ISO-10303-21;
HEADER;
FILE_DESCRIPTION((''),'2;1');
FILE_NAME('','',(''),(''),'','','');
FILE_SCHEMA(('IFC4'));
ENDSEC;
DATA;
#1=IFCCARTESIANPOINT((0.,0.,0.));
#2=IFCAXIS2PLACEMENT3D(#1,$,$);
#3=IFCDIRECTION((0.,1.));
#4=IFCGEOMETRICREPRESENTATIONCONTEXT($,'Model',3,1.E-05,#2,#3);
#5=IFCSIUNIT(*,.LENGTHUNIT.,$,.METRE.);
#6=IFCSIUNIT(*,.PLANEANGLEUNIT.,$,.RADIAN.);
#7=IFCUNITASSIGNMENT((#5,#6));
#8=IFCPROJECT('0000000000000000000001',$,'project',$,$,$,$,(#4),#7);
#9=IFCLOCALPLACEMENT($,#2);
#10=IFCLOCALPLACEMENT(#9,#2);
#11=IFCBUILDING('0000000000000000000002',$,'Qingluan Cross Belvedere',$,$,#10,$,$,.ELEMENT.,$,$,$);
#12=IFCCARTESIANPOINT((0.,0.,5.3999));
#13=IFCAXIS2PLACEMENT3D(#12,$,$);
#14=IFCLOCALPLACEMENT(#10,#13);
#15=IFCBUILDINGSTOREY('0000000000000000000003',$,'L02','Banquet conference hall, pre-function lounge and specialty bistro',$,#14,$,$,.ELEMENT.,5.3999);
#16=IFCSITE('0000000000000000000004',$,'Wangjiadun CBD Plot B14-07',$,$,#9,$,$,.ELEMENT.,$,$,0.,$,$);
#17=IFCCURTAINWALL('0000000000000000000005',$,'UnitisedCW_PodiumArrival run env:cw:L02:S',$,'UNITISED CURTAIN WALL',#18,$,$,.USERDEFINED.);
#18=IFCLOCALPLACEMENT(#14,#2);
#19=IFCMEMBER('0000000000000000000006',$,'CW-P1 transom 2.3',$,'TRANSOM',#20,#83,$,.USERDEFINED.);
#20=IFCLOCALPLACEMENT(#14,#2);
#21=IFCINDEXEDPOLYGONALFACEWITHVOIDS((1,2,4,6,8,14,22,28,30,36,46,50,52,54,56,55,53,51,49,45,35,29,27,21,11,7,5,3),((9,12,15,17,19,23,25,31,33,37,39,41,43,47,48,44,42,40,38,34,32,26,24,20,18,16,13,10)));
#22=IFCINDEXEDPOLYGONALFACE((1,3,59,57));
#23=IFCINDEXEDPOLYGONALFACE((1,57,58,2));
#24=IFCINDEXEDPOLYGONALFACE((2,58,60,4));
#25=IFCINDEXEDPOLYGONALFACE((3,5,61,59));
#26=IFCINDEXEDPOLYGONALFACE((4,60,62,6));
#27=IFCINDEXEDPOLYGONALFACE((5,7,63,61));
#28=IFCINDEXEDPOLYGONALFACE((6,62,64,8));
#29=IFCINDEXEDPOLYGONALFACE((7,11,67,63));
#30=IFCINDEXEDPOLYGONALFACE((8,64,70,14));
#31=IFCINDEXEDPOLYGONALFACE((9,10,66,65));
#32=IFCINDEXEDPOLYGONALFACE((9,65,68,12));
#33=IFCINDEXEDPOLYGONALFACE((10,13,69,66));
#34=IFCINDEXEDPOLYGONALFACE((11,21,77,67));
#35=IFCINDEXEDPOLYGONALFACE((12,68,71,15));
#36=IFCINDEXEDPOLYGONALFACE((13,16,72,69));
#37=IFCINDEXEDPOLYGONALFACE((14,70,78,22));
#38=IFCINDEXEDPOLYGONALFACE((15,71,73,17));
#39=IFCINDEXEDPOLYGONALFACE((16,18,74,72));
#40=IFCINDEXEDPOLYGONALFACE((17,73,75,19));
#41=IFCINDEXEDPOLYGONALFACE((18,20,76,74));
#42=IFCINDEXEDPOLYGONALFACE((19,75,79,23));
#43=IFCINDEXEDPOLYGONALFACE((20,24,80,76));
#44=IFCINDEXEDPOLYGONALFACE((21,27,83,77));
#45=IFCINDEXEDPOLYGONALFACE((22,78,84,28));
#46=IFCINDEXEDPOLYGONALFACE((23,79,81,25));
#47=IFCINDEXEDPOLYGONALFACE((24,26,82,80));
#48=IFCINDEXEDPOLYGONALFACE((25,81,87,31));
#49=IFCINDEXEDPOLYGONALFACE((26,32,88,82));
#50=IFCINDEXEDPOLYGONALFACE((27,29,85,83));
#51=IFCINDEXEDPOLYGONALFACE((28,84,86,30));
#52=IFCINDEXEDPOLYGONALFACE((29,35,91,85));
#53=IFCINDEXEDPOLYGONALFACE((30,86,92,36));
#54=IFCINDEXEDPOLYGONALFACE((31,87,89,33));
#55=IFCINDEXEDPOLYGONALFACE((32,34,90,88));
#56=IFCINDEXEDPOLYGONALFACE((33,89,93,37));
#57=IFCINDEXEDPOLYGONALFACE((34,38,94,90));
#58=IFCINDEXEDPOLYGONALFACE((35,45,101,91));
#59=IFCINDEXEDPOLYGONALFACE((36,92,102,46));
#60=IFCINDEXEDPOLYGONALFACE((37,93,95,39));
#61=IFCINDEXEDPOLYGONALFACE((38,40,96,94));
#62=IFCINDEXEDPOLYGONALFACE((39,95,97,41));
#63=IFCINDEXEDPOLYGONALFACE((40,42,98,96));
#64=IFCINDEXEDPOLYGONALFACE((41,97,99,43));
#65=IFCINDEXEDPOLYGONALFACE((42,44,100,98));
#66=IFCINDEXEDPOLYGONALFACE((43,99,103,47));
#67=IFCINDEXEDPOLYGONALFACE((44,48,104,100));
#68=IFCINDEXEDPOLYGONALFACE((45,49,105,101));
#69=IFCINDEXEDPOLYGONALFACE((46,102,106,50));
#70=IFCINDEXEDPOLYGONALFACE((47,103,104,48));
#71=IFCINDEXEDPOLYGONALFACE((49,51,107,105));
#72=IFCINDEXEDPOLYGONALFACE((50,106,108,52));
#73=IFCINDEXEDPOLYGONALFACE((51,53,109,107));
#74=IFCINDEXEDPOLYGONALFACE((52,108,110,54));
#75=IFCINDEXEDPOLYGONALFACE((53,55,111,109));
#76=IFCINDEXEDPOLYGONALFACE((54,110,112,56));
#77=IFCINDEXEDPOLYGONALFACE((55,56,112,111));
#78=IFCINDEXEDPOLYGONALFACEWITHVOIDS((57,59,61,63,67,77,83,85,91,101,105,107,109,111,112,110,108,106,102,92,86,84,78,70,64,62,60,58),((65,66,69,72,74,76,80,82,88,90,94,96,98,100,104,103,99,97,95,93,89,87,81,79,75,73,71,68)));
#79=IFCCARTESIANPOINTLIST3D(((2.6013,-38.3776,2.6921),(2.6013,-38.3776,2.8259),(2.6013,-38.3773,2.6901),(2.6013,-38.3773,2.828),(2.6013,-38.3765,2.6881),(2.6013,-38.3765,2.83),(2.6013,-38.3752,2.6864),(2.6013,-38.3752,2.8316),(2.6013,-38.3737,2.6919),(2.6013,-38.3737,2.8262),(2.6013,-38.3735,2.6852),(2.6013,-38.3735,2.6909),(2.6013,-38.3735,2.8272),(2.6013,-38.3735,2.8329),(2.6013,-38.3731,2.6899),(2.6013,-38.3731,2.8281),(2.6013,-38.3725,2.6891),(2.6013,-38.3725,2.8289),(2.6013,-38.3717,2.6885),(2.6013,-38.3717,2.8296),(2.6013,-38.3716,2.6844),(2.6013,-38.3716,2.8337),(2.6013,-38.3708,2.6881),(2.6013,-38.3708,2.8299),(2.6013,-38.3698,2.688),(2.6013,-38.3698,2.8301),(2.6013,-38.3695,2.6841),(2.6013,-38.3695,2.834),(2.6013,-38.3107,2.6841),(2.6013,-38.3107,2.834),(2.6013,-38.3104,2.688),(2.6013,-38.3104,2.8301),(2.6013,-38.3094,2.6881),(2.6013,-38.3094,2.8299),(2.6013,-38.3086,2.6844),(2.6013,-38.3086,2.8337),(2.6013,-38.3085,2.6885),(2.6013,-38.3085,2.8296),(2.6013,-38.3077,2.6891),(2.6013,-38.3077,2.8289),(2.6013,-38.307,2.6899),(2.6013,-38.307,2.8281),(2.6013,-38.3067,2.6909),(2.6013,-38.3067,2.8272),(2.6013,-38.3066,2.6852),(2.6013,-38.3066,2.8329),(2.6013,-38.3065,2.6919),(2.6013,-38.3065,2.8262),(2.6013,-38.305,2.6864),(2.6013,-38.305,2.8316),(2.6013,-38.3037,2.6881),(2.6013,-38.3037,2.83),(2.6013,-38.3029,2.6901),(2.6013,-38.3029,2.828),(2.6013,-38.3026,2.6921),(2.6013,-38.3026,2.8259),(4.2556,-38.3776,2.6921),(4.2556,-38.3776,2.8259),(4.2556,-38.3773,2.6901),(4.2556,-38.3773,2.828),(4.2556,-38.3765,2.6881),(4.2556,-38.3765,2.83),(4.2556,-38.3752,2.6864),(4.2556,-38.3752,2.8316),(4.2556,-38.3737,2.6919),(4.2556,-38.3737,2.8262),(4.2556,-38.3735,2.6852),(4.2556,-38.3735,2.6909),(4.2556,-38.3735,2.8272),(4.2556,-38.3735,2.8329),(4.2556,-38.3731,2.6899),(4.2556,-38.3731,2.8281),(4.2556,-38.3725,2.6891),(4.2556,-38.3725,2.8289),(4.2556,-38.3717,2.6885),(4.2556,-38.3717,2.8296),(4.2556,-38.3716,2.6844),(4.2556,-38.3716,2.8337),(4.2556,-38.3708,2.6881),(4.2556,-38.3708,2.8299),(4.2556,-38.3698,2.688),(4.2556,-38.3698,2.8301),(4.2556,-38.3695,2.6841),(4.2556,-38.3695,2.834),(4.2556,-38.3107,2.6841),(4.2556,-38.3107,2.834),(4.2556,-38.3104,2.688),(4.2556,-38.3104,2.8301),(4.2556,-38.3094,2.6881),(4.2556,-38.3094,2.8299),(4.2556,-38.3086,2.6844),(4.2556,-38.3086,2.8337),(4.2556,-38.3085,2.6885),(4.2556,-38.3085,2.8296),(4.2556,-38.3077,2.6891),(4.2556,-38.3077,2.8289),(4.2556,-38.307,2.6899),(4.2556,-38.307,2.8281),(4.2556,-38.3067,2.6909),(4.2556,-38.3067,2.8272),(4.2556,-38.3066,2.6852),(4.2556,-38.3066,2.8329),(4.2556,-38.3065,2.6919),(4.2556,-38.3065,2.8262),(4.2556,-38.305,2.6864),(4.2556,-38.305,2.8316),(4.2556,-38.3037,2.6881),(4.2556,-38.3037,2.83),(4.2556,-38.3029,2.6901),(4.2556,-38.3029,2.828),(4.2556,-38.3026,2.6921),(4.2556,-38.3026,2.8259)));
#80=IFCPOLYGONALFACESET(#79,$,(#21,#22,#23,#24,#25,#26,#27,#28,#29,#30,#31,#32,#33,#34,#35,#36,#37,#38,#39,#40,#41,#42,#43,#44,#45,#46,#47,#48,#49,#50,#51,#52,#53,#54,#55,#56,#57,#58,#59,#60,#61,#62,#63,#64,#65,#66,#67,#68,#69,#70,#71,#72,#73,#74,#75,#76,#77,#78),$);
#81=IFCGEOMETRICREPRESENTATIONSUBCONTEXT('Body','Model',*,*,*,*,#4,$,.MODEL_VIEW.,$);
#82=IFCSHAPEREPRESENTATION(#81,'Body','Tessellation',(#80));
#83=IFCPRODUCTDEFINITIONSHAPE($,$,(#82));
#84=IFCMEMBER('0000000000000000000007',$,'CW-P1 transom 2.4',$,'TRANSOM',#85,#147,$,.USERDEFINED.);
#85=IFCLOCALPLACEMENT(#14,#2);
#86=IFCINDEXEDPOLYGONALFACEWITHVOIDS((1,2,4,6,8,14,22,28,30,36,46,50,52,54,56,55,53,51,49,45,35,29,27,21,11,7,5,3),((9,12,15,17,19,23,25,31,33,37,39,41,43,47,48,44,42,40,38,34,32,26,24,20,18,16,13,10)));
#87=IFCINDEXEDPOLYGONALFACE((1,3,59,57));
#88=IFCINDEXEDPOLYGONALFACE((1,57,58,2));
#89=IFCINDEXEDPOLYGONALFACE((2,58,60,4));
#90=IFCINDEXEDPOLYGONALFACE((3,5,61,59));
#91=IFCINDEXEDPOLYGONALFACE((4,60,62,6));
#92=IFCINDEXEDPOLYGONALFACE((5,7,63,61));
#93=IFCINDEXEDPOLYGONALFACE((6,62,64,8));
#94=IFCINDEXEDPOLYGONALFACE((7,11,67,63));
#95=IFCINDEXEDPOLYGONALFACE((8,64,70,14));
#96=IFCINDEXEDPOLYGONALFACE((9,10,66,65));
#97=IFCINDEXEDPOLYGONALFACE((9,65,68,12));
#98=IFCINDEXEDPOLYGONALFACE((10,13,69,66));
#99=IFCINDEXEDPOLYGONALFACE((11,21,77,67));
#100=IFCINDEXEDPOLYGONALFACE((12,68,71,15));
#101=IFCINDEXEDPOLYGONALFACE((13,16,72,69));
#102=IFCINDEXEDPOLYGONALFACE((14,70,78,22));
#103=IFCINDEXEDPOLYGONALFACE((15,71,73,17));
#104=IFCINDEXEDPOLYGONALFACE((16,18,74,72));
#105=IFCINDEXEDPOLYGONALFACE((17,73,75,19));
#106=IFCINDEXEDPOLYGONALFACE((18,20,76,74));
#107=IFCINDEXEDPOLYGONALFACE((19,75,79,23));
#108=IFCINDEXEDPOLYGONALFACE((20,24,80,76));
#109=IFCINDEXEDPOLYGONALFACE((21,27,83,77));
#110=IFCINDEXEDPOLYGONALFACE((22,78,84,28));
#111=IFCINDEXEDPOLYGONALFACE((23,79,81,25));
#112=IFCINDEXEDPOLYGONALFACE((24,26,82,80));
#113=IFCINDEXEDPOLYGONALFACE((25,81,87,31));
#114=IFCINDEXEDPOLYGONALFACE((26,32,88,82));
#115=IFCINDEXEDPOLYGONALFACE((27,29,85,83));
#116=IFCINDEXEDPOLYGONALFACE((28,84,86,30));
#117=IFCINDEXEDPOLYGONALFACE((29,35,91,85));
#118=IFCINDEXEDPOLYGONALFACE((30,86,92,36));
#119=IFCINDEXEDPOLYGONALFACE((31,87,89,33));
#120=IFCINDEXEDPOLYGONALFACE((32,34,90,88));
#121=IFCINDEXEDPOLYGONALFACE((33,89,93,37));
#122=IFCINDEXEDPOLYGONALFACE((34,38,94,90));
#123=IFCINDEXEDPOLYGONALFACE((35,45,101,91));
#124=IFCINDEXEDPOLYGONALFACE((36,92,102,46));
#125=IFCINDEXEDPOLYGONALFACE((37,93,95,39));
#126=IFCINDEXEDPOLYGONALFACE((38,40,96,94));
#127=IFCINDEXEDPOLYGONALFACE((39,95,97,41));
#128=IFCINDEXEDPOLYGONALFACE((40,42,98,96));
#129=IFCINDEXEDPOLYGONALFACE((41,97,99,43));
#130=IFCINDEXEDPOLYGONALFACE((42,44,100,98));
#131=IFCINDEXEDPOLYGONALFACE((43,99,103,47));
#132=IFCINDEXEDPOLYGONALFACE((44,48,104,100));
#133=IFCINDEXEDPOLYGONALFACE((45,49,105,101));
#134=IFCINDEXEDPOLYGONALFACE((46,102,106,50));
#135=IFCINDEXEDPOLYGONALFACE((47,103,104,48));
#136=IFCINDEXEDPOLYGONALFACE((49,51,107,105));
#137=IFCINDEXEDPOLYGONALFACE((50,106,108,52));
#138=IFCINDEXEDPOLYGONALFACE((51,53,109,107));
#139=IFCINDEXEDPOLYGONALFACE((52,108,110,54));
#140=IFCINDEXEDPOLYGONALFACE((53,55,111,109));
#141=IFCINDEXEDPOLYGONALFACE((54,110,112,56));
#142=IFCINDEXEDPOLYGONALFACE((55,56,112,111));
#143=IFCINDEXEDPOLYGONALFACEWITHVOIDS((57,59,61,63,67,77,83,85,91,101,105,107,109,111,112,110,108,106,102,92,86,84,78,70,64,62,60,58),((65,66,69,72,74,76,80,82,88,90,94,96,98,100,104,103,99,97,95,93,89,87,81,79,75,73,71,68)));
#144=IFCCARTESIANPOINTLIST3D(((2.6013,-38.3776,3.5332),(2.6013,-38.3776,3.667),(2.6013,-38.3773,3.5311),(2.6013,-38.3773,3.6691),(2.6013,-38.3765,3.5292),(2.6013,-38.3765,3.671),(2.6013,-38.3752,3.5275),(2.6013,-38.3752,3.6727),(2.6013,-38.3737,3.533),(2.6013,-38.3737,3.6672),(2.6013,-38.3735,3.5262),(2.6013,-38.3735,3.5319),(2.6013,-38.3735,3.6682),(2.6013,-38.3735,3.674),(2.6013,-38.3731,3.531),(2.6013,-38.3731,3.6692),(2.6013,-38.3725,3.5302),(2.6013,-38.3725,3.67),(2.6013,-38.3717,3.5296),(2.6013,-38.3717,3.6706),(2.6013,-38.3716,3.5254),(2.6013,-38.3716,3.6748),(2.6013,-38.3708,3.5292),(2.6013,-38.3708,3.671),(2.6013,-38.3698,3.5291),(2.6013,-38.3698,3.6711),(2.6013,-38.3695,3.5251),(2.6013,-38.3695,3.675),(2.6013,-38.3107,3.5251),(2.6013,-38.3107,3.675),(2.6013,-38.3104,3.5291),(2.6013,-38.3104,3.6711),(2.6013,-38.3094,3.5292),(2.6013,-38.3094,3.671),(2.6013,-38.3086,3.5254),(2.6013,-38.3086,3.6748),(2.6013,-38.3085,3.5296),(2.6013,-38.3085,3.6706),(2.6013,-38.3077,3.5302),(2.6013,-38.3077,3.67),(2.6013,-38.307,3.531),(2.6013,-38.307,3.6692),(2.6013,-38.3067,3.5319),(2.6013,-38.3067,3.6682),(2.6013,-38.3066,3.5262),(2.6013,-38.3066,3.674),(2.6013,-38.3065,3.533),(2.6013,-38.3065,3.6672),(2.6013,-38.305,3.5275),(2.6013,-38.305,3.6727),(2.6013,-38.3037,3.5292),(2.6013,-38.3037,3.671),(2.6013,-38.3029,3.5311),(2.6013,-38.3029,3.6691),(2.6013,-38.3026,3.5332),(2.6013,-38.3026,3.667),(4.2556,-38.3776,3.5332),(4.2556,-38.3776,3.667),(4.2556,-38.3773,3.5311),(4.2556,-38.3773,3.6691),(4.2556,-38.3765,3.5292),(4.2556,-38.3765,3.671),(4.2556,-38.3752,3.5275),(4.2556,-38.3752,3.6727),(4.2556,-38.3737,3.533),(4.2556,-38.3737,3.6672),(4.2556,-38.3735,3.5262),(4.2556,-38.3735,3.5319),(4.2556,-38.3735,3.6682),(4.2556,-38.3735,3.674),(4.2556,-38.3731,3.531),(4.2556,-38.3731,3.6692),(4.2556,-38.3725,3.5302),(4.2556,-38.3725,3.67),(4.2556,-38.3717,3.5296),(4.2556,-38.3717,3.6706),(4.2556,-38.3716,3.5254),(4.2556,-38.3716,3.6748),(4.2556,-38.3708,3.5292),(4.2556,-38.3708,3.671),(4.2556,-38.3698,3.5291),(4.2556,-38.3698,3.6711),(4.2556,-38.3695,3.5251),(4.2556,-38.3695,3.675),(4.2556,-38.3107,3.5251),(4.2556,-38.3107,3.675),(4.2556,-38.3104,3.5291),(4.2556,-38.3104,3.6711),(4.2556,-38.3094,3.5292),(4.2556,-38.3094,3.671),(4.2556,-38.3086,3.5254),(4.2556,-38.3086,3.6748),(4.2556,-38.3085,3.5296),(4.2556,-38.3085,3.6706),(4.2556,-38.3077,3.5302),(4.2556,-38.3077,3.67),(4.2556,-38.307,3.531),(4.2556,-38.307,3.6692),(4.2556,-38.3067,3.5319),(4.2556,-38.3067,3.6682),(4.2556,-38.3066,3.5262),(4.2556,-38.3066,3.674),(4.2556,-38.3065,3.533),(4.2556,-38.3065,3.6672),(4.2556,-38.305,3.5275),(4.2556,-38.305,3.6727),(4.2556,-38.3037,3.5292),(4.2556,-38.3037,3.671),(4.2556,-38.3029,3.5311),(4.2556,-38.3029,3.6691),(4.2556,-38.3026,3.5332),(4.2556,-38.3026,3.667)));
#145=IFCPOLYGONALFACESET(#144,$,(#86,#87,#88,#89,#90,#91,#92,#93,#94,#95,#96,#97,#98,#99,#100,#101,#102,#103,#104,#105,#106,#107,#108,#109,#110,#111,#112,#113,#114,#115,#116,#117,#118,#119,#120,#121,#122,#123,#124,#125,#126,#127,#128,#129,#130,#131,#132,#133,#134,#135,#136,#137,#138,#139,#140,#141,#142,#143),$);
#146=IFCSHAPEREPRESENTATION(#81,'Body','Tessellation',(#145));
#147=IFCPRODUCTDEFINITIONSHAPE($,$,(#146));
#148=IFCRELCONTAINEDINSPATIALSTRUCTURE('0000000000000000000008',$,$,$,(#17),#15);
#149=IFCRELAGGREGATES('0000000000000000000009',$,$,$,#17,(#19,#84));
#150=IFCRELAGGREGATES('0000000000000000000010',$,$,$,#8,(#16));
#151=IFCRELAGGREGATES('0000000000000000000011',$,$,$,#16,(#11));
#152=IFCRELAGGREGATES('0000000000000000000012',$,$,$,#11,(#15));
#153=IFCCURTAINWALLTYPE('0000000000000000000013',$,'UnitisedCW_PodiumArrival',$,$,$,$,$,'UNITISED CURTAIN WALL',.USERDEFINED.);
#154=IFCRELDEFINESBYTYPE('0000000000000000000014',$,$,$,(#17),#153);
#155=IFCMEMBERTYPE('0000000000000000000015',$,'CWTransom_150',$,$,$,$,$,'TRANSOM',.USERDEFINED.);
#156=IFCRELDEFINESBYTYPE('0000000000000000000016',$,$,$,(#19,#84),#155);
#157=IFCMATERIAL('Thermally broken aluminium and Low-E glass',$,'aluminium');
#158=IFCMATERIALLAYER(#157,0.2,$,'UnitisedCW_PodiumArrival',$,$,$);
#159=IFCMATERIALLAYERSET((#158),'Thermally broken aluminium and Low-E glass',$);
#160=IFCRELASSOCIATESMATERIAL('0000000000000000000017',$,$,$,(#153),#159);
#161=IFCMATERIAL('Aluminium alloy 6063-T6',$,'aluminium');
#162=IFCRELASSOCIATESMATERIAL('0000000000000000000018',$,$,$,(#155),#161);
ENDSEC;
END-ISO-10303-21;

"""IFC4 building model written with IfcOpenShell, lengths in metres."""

from ifc_helpers import new_model, si_unit, direction, frame, origin, origin_2d, place, context, subcontext, project, spatial, hollow_rectangle, extrude, material, layer, layer_set, material_profile, profile_set, type_object, element, aggregate, save


model = new_model("IFC4")

# Units and contexts
model_context = context("Model", 3, precision=1e-05, world=origin(), true_north=direction((0.0, 1.0)))
body_context = subcontext(model_context, "Body", "Model", "MODEL_VIEW")
ifc_project = project(units=[si_unit("LENGTHUNIT", "METRE"), si_unit("PLANEANGLEUNIT", "RADIAN")], contexts=[model_context])

# Site, building, storey
site_placement = place(None, origin())
site = spatial("IfcSite", under=ifc_project, at=site_placement, Name="Wangjiadun CBD Plot B14-07", CompositionType="ELEMENT", RefElevation=0.0)
building_placement = place(site_placement, origin())
building = spatial("IfcBuilding", under=site, at=building_placement, Name="Qingluan Cross Belvedere", CompositionType="ELEMENT")
storey_placement = place(building_placement, frame((0.0, 0.0, 5.3999)))
storey = spatial("IfcBuildingStorey", under=building, at=storey_placement, Name="L02", Description="Banquet conference hall, pre-function lounge and specialty bistro", CompositionType="ELEMENT", Elevation=5.3999)

# Curtain wall, members
ifc_material_1 = material(Name="Thermally broken aluminium and Low-E glass", Category="aluminium")
ifc_layer_1 = layer(ifc_material_1, 0.2, Name="UnitisedCW_PodiumArrival")
ifc_layer_set_1 = layer_set([ifc_layer_1], Name="Thermally broken aluminium and Low-E glass")
curtain_wall_type = type_object("IfcCurtainWallType", Name="UnitisedCW_PodiumArrival", ElementType="UNITISED CURTAIN WALL", PredefinedType="USERDEFINED", material=ifc_layer_set_1)
curtain_wall_placement = place(storey_placement, origin())
curtain_wall = element("IfcCurtainWall", 1, at=curtain_wall_placement, inside=storey, type_object=curtain_wall_type, Name="UnitisedCW_PodiumArrival run env:cw:L02:S", ObjectType="UNITISED CURTAIN WALL", PredefinedType="USERDEFINED")
ifc_material_2 = material(Name="Aluminium alloy 6063-T6", Category="aluminium")
ifc_material_profile_1 = material_profile(ifc_material_2, hollow_rectangle(XDim=0.075, YDim=0.1499, WallThickness=0.0039, InnerFilletRadius=0.0039, OuterFilletRadius=0.0081, at=origin_2d()), Name="CWT150x75x4")
ifc_profile_set_1 = profile_set([ifc_material_profile_1], Name="Aluminium alloy 6063-T6")
member_type_1 = type_object("IfcMemberType", Name="CWTransom_150", ElementType="TRANSOM", PredefinedType="USERDEFINED", material=ifc_profile_set_1)
member_1_placement = place(storey_placement, frame((4.2556, -38.3401, 2.759), z_axis=(-1.0, 0.0, 0.0), x_axis=(0.0, -1.0, 0.0)))
member_1 = element("IfcMember", 2, at=member_1_placement, type_object=member_type_1, Name="CW-P1 transom 2.3", ObjectType="TRANSOM", PredefinedType="USERDEFINED", context=body_context, shape_type="SweptSolid", body=[
    extrude(hollow_rectangle(XDim=0.075, YDim=0.1499, WallThickness=0.0039, InnerFilletRadius=0.0039, OuterFilletRadius=0.0081, at=origin_2d()), origin(), (0.0, 0.0, 1.0), 1.6543),
])
member_2_placement = place(storey_placement, frame((4.2556, -38.3401, 3.6001), z_axis=(-1.0, 0.0, 0.0), x_axis=(0.0, -1.0, 0.0)))
member_2 = element("IfcMember", 3, at=member_2_placement, type_object=member_type_1, Name="CW-P1 transom 2.4", ObjectType="TRANSOM", PredefinedType="USERDEFINED", context=body_context, shape_type="SweptSolid", body=[
    extrude(hollow_rectangle(XDim=0.075, YDim=0.1499, WallThickness=0.0039, InnerFilletRadius=0.0039, OuterFilletRadius=0.0081, at=origin_2d()), origin(), (0.0, 0.0, 1.0), 1.6543),
])
aggregate(curtain_wall, [member_1, member_2])

save(model, "model.ifc")
